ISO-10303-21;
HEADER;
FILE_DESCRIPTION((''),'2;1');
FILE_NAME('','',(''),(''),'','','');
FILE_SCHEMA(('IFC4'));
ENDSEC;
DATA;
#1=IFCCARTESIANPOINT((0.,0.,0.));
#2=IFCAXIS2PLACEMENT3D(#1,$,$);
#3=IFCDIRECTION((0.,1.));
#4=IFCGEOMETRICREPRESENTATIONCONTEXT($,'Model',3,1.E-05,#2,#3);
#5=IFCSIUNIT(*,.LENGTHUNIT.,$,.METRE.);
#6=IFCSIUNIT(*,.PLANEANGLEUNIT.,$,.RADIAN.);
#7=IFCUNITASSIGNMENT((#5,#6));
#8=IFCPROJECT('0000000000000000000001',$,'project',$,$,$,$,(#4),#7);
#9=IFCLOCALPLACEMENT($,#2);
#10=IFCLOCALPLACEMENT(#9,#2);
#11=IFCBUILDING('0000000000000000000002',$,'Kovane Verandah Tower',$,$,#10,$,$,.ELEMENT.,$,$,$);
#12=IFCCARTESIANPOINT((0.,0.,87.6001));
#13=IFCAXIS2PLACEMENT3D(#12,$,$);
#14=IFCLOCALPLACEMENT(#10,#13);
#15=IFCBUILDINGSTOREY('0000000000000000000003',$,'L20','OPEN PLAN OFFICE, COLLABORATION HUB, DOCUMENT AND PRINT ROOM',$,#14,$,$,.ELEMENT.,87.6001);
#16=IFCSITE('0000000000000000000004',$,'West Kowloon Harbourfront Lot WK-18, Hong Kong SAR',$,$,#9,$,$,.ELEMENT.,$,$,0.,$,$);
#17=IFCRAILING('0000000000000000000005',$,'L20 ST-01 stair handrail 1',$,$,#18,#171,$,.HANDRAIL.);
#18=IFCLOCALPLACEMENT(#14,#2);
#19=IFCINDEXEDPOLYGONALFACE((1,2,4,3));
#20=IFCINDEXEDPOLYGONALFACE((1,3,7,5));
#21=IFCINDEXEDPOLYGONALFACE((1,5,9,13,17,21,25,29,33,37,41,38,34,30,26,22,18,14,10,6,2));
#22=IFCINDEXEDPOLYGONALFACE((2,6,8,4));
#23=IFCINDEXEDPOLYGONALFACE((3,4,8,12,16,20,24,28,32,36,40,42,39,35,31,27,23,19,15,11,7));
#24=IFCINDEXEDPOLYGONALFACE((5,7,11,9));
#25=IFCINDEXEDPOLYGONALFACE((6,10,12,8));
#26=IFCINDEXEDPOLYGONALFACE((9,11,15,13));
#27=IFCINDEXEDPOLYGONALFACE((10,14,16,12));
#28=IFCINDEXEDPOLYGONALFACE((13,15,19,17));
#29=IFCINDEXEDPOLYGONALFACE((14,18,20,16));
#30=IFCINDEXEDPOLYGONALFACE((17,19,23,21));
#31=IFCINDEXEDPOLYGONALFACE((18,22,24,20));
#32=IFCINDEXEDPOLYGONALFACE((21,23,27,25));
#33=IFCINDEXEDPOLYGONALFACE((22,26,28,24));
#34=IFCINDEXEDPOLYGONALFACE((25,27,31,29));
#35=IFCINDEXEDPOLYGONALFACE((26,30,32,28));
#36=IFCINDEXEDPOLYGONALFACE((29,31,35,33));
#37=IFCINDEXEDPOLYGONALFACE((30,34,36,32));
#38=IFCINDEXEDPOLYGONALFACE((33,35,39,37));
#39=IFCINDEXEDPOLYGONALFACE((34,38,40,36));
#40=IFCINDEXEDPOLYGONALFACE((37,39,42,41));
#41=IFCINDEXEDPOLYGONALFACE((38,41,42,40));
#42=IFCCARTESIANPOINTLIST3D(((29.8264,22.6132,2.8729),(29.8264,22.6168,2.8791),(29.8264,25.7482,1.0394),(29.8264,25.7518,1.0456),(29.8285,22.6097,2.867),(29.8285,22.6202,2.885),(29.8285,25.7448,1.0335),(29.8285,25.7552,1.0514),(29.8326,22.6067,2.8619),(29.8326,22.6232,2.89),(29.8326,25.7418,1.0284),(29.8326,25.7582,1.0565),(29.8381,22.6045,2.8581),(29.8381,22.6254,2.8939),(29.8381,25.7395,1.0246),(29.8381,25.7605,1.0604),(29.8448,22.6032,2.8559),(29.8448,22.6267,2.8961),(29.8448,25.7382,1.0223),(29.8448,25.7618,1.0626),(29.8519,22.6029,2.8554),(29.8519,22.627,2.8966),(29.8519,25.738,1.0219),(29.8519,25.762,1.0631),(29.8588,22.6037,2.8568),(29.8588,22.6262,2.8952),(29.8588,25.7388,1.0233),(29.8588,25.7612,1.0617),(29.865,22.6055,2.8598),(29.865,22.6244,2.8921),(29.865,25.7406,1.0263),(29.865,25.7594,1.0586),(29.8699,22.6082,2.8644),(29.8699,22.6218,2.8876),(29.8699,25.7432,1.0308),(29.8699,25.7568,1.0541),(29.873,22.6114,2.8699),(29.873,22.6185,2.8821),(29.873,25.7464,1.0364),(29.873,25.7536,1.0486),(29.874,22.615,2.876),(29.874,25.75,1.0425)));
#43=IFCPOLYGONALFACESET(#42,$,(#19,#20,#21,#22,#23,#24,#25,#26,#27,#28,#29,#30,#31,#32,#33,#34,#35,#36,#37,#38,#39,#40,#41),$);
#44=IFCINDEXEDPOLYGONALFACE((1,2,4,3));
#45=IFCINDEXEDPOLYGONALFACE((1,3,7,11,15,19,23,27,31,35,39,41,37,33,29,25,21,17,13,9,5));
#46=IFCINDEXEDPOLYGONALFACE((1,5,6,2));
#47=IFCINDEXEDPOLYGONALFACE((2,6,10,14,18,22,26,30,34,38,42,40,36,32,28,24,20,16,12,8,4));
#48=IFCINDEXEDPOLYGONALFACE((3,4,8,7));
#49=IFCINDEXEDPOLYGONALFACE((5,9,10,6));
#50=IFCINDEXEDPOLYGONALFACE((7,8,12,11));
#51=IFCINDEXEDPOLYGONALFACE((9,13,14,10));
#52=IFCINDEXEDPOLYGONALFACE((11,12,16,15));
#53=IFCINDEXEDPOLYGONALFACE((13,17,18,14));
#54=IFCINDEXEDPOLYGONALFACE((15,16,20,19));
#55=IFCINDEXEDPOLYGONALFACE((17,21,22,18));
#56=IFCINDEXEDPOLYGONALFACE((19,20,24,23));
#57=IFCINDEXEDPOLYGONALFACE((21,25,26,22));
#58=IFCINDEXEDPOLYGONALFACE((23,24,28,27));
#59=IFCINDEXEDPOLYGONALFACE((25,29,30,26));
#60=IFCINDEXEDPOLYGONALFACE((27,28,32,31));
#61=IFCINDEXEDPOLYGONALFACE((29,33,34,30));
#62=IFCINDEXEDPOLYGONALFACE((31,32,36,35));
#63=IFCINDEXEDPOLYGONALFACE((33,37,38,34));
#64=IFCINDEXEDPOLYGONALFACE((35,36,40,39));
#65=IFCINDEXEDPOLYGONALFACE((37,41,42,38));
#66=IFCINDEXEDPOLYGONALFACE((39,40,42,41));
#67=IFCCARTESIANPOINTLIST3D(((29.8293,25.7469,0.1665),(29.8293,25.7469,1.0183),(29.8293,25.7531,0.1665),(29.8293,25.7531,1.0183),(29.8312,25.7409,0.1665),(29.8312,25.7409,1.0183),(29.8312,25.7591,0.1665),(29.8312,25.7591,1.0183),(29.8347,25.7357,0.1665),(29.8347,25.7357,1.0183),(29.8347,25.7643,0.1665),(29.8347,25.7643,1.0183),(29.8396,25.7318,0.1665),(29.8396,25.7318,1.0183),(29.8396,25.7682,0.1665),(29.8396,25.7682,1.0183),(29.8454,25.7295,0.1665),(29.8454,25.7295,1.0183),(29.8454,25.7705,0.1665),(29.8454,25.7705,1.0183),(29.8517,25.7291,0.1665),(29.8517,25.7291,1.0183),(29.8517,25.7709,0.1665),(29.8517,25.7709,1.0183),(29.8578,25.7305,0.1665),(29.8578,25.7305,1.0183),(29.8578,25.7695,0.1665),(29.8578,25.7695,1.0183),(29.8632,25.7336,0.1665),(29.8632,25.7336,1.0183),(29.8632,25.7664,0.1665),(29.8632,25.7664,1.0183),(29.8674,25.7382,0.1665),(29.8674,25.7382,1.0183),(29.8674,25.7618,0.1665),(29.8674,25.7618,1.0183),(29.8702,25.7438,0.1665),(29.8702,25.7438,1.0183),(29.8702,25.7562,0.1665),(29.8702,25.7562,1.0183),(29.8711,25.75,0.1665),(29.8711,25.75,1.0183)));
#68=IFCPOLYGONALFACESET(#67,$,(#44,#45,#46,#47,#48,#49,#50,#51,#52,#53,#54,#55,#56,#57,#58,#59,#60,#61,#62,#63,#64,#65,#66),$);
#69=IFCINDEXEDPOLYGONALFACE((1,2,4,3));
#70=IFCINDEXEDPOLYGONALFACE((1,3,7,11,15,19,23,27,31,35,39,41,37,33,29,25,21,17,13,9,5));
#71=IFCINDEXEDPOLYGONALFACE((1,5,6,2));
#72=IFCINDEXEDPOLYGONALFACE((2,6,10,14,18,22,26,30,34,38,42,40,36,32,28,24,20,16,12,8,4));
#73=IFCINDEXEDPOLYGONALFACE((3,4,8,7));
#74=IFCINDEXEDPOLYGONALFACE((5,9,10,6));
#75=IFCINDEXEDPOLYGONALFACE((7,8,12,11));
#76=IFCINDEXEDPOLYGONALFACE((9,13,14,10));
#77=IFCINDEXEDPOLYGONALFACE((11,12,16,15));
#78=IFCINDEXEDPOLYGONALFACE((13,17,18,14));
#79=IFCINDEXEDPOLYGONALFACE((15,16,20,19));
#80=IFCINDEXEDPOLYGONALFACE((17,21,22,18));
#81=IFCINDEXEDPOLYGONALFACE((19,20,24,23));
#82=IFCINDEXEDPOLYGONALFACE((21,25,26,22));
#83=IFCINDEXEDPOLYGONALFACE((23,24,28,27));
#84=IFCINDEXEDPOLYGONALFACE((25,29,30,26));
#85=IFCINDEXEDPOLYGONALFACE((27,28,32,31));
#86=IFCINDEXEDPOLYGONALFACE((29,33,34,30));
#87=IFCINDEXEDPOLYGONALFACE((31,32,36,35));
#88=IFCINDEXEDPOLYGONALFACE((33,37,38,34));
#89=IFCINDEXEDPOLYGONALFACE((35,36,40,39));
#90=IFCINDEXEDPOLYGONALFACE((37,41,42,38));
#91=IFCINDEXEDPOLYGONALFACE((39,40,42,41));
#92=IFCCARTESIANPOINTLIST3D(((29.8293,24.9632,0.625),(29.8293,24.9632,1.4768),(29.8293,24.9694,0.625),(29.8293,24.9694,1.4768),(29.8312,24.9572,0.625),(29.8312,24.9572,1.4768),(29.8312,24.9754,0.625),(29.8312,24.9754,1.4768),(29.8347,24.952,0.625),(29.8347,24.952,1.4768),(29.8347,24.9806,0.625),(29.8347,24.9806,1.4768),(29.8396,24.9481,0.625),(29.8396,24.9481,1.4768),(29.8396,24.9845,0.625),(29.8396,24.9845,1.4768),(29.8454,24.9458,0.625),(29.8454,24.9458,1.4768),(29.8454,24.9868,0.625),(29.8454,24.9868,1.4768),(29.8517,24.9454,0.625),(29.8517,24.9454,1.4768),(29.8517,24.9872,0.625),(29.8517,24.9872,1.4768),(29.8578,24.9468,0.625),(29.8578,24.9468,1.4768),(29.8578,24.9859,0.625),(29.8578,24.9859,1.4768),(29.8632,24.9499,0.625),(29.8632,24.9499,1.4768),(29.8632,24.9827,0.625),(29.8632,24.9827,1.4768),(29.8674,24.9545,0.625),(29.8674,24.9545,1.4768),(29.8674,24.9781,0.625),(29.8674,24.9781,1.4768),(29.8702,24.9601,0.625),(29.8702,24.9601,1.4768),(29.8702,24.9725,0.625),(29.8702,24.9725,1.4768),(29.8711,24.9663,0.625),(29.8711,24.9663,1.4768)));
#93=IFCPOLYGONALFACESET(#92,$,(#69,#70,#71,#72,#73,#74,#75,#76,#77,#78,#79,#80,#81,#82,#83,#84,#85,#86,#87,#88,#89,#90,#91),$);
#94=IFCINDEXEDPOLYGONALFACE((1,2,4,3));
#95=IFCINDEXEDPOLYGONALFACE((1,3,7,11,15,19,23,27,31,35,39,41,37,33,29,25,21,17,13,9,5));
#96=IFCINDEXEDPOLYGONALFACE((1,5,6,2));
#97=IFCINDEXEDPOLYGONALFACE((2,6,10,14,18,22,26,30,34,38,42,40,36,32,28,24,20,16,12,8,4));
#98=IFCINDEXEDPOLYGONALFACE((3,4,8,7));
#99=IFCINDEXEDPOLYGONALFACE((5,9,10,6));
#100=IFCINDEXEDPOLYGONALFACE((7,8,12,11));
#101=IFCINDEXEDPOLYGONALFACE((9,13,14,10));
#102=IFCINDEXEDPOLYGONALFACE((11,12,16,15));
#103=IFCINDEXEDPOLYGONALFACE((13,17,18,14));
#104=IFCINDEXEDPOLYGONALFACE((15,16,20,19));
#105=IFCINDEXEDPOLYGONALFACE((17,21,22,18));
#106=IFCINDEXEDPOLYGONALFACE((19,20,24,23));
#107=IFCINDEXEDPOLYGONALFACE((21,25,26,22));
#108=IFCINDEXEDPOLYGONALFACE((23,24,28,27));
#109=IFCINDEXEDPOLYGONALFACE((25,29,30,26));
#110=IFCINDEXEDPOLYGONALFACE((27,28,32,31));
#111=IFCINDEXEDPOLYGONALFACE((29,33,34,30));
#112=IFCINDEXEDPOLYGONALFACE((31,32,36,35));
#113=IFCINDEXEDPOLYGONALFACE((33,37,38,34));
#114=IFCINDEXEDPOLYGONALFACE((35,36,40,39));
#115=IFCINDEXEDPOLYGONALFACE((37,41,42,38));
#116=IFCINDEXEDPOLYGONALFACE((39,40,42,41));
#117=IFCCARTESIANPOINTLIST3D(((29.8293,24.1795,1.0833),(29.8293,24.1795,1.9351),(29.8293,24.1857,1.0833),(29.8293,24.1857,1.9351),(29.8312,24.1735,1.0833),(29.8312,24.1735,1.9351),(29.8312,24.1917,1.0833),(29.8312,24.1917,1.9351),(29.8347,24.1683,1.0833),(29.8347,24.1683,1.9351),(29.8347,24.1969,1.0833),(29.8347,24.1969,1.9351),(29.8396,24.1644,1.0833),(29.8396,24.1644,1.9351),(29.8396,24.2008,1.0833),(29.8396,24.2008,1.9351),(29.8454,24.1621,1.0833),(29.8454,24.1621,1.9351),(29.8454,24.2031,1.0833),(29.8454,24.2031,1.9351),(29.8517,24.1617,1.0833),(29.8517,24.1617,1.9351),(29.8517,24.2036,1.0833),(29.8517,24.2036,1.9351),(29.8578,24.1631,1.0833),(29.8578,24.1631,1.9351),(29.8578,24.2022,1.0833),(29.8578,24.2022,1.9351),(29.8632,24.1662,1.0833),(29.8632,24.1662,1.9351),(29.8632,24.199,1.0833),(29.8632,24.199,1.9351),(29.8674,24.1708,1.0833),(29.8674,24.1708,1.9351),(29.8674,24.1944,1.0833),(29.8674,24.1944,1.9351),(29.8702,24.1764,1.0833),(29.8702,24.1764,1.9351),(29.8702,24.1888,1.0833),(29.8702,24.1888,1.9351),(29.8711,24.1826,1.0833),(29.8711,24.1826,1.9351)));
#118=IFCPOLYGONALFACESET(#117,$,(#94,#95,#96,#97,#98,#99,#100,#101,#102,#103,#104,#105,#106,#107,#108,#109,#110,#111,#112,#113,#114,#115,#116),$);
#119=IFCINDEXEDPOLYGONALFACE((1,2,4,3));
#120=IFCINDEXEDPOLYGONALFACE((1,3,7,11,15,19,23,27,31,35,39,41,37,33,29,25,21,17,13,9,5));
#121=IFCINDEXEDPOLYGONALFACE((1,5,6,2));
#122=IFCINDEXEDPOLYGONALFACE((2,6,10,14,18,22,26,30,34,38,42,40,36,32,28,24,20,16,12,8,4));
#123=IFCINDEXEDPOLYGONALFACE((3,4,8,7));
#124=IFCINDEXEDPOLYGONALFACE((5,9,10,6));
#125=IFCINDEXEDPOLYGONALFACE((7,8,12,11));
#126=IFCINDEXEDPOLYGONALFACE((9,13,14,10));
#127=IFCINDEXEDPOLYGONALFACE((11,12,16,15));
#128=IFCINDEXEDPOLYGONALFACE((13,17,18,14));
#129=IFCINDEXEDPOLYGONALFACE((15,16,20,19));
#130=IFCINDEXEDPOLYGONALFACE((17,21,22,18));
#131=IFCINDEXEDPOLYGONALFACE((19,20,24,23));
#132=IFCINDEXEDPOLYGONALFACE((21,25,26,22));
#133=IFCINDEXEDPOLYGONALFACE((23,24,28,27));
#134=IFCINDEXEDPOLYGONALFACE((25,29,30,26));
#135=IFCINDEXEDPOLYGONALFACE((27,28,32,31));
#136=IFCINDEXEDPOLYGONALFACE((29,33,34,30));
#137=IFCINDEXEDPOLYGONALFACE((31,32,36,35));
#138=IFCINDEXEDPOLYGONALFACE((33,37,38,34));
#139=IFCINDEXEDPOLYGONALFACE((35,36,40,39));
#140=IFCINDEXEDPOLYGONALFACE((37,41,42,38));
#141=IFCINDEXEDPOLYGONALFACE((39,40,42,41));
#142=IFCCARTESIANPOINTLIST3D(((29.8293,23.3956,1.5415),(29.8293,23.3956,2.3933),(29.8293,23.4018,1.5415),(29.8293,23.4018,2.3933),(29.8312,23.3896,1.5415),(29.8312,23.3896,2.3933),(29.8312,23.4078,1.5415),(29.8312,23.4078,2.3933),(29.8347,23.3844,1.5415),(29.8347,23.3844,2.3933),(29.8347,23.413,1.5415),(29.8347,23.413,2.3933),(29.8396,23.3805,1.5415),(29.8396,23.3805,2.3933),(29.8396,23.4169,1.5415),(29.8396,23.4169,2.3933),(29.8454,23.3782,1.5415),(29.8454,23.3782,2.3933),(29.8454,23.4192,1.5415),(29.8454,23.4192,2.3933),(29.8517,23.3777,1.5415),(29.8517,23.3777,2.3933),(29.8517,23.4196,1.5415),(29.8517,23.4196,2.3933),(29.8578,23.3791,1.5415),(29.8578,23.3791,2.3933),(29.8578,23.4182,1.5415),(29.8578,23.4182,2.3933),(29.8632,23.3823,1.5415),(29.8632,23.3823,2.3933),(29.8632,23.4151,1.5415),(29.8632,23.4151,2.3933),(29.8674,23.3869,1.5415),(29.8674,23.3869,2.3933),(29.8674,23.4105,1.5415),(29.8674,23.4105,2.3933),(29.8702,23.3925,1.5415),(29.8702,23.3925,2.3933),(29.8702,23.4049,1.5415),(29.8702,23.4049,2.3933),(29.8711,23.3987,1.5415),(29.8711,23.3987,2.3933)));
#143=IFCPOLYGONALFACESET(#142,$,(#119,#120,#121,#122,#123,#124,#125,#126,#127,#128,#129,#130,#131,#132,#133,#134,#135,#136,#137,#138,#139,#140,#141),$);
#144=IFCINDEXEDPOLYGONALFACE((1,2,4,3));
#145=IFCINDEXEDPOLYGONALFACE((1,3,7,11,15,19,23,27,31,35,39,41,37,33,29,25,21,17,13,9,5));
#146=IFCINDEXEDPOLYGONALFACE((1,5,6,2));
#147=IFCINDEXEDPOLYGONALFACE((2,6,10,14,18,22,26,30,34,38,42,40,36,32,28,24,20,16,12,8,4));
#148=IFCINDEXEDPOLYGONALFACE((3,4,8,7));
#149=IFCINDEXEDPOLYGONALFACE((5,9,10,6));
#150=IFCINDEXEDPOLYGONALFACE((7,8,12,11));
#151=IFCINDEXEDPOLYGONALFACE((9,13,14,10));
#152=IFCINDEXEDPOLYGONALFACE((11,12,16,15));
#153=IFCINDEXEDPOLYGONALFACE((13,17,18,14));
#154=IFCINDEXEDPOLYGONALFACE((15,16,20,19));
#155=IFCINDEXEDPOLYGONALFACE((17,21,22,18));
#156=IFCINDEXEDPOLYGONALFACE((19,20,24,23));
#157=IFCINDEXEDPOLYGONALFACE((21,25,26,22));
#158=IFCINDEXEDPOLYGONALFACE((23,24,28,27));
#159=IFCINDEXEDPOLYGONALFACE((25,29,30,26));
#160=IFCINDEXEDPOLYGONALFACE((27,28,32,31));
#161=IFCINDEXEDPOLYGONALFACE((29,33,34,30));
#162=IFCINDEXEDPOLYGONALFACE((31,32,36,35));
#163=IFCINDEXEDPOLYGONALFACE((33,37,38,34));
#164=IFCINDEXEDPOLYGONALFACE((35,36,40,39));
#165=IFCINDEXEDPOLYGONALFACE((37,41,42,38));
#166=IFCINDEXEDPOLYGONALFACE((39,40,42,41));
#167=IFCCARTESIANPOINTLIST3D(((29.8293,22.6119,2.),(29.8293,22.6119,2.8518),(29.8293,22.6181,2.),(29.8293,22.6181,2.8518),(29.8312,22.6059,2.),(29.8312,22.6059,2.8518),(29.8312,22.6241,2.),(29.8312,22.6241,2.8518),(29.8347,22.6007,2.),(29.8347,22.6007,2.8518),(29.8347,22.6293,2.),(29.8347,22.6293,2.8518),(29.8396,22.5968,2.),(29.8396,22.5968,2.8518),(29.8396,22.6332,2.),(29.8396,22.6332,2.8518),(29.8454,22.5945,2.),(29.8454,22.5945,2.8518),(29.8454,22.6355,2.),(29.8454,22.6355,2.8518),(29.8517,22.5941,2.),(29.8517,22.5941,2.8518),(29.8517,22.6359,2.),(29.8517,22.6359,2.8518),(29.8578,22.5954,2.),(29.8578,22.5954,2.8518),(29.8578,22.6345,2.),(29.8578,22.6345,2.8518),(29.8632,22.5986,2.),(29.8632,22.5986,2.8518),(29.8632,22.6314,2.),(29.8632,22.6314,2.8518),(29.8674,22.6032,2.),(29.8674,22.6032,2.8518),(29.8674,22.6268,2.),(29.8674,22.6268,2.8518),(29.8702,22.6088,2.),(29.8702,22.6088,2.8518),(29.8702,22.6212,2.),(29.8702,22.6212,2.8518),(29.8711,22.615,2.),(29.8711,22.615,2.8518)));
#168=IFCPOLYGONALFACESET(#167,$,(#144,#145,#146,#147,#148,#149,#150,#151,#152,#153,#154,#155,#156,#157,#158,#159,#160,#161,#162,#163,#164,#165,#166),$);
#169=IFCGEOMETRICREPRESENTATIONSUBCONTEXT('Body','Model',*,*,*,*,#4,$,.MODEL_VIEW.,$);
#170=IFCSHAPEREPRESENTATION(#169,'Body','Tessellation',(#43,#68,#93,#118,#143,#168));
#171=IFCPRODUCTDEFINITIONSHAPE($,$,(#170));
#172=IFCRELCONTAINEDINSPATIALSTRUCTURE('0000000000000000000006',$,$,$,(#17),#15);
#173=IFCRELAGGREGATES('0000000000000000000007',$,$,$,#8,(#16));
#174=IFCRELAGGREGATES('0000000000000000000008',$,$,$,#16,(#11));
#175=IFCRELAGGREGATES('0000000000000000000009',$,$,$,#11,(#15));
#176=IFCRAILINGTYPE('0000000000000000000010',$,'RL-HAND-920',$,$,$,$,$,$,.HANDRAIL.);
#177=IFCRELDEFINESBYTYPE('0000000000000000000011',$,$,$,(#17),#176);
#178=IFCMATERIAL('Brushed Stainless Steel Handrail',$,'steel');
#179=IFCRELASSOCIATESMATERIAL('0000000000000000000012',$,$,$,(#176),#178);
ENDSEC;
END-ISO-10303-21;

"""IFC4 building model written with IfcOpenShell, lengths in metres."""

from ifc_helpers import new_model, si_unit, direction, frame, origin, origin_2d, place, context, subcontext, project, spatial, circle, extrude, material, type_object, element, save


model = new_model("IFC4")

# Units and contexts
model_context = context("Model", 3, precision=1e-05, world=origin(), true_north=direction((0.0, 1.0)))
body_context = subcontext(model_context, "Body", "Model", "MODEL_VIEW")
ifc_project = project(units=[si_unit("LENGTHUNIT", "METRE"), si_unit("PLANEANGLEUNIT", "RADIAN")], contexts=[model_context])

# Site, building, storey
site_placement = place(None, origin())
site = spatial("IfcSite", under=ifc_project, at=site_placement, Name="West Kowloon Harbourfront Lot WK-18, Hong Kong SAR", CompositionType="ELEMENT", RefElevation=0.0)
building_placement = place(site_placement, origin())
building = spatial("IfcBuilding", under=site, at=building_placement, Name="Kovane Verandah Tower", CompositionType="ELEMENT")
storey_placement = place(building_placement, frame((0.0, 0.0, 87.6001)))
storey = spatial("IfcBuildingStorey", under=building, at=storey_placement, Name="L20", Description="OPEN PLAN OFFICE, COLLABORATION HUB, DOCUMENT AND PRINT ROOM", CompositionType="ELEMENT", Elevation=87.6001)

# Railing
ifc_material_1 = material(Name="Brushed Stainless Steel Handrail", Category="steel")
railing_type_1 = type_object("IfcRailingType", Name="RL-HAND-920", PredefinedType="HANDRAIL", material=ifc_material_1)
railing_1_placement = place(storey_placement, frame((29.8501, 25.75, 0.1665)))
element("IfcRailing", 1, at=railing_1_placement, inside=storey, type_object=railing_type_1, Name="L20 ST-01 stair handrail 1", PredefinedType="HANDRAIL", context=body_context, shape_type="SweptSolid", body=[
    extrude(circle(Radius=0.0239, at=origin_2d()), frame((0.0, 0.0, 0.876), z_axis=(0.0, -0.86321, 0.504845), x_axis=(1.0, 0.0, 0.0)), (0.0, 0.0, 1.0), 3.6318),
    extrude(circle(Radius=0.021, at=origin_2d()), origin(), (0.0, 0.0, 1.0), 0.8518),
    extrude(circle(Radius=0.021, at=origin_2d()), frame((0.0, -0.7837, 0.4585)), (0.0, 0.0, 1.0), 0.8518),
    extrude(circle(Radius=0.021, at=origin_2d()), frame((0.0, -1.5674, 0.9167)), (0.0, 0.0, 1.0), 0.8518),
    extrude(circle(Radius=0.021, at=origin_2d()), frame((0.0, -2.3513, 1.375)), (0.0, 0.0, 1.0), 0.8518),
    extrude(circle(Radius=0.021, at=origin_2d()), frame((0.0, -3.135, 1.8335)), (0.0, 0.0, 1.0), 0.8518),
])

save(model, "model.ifc")
